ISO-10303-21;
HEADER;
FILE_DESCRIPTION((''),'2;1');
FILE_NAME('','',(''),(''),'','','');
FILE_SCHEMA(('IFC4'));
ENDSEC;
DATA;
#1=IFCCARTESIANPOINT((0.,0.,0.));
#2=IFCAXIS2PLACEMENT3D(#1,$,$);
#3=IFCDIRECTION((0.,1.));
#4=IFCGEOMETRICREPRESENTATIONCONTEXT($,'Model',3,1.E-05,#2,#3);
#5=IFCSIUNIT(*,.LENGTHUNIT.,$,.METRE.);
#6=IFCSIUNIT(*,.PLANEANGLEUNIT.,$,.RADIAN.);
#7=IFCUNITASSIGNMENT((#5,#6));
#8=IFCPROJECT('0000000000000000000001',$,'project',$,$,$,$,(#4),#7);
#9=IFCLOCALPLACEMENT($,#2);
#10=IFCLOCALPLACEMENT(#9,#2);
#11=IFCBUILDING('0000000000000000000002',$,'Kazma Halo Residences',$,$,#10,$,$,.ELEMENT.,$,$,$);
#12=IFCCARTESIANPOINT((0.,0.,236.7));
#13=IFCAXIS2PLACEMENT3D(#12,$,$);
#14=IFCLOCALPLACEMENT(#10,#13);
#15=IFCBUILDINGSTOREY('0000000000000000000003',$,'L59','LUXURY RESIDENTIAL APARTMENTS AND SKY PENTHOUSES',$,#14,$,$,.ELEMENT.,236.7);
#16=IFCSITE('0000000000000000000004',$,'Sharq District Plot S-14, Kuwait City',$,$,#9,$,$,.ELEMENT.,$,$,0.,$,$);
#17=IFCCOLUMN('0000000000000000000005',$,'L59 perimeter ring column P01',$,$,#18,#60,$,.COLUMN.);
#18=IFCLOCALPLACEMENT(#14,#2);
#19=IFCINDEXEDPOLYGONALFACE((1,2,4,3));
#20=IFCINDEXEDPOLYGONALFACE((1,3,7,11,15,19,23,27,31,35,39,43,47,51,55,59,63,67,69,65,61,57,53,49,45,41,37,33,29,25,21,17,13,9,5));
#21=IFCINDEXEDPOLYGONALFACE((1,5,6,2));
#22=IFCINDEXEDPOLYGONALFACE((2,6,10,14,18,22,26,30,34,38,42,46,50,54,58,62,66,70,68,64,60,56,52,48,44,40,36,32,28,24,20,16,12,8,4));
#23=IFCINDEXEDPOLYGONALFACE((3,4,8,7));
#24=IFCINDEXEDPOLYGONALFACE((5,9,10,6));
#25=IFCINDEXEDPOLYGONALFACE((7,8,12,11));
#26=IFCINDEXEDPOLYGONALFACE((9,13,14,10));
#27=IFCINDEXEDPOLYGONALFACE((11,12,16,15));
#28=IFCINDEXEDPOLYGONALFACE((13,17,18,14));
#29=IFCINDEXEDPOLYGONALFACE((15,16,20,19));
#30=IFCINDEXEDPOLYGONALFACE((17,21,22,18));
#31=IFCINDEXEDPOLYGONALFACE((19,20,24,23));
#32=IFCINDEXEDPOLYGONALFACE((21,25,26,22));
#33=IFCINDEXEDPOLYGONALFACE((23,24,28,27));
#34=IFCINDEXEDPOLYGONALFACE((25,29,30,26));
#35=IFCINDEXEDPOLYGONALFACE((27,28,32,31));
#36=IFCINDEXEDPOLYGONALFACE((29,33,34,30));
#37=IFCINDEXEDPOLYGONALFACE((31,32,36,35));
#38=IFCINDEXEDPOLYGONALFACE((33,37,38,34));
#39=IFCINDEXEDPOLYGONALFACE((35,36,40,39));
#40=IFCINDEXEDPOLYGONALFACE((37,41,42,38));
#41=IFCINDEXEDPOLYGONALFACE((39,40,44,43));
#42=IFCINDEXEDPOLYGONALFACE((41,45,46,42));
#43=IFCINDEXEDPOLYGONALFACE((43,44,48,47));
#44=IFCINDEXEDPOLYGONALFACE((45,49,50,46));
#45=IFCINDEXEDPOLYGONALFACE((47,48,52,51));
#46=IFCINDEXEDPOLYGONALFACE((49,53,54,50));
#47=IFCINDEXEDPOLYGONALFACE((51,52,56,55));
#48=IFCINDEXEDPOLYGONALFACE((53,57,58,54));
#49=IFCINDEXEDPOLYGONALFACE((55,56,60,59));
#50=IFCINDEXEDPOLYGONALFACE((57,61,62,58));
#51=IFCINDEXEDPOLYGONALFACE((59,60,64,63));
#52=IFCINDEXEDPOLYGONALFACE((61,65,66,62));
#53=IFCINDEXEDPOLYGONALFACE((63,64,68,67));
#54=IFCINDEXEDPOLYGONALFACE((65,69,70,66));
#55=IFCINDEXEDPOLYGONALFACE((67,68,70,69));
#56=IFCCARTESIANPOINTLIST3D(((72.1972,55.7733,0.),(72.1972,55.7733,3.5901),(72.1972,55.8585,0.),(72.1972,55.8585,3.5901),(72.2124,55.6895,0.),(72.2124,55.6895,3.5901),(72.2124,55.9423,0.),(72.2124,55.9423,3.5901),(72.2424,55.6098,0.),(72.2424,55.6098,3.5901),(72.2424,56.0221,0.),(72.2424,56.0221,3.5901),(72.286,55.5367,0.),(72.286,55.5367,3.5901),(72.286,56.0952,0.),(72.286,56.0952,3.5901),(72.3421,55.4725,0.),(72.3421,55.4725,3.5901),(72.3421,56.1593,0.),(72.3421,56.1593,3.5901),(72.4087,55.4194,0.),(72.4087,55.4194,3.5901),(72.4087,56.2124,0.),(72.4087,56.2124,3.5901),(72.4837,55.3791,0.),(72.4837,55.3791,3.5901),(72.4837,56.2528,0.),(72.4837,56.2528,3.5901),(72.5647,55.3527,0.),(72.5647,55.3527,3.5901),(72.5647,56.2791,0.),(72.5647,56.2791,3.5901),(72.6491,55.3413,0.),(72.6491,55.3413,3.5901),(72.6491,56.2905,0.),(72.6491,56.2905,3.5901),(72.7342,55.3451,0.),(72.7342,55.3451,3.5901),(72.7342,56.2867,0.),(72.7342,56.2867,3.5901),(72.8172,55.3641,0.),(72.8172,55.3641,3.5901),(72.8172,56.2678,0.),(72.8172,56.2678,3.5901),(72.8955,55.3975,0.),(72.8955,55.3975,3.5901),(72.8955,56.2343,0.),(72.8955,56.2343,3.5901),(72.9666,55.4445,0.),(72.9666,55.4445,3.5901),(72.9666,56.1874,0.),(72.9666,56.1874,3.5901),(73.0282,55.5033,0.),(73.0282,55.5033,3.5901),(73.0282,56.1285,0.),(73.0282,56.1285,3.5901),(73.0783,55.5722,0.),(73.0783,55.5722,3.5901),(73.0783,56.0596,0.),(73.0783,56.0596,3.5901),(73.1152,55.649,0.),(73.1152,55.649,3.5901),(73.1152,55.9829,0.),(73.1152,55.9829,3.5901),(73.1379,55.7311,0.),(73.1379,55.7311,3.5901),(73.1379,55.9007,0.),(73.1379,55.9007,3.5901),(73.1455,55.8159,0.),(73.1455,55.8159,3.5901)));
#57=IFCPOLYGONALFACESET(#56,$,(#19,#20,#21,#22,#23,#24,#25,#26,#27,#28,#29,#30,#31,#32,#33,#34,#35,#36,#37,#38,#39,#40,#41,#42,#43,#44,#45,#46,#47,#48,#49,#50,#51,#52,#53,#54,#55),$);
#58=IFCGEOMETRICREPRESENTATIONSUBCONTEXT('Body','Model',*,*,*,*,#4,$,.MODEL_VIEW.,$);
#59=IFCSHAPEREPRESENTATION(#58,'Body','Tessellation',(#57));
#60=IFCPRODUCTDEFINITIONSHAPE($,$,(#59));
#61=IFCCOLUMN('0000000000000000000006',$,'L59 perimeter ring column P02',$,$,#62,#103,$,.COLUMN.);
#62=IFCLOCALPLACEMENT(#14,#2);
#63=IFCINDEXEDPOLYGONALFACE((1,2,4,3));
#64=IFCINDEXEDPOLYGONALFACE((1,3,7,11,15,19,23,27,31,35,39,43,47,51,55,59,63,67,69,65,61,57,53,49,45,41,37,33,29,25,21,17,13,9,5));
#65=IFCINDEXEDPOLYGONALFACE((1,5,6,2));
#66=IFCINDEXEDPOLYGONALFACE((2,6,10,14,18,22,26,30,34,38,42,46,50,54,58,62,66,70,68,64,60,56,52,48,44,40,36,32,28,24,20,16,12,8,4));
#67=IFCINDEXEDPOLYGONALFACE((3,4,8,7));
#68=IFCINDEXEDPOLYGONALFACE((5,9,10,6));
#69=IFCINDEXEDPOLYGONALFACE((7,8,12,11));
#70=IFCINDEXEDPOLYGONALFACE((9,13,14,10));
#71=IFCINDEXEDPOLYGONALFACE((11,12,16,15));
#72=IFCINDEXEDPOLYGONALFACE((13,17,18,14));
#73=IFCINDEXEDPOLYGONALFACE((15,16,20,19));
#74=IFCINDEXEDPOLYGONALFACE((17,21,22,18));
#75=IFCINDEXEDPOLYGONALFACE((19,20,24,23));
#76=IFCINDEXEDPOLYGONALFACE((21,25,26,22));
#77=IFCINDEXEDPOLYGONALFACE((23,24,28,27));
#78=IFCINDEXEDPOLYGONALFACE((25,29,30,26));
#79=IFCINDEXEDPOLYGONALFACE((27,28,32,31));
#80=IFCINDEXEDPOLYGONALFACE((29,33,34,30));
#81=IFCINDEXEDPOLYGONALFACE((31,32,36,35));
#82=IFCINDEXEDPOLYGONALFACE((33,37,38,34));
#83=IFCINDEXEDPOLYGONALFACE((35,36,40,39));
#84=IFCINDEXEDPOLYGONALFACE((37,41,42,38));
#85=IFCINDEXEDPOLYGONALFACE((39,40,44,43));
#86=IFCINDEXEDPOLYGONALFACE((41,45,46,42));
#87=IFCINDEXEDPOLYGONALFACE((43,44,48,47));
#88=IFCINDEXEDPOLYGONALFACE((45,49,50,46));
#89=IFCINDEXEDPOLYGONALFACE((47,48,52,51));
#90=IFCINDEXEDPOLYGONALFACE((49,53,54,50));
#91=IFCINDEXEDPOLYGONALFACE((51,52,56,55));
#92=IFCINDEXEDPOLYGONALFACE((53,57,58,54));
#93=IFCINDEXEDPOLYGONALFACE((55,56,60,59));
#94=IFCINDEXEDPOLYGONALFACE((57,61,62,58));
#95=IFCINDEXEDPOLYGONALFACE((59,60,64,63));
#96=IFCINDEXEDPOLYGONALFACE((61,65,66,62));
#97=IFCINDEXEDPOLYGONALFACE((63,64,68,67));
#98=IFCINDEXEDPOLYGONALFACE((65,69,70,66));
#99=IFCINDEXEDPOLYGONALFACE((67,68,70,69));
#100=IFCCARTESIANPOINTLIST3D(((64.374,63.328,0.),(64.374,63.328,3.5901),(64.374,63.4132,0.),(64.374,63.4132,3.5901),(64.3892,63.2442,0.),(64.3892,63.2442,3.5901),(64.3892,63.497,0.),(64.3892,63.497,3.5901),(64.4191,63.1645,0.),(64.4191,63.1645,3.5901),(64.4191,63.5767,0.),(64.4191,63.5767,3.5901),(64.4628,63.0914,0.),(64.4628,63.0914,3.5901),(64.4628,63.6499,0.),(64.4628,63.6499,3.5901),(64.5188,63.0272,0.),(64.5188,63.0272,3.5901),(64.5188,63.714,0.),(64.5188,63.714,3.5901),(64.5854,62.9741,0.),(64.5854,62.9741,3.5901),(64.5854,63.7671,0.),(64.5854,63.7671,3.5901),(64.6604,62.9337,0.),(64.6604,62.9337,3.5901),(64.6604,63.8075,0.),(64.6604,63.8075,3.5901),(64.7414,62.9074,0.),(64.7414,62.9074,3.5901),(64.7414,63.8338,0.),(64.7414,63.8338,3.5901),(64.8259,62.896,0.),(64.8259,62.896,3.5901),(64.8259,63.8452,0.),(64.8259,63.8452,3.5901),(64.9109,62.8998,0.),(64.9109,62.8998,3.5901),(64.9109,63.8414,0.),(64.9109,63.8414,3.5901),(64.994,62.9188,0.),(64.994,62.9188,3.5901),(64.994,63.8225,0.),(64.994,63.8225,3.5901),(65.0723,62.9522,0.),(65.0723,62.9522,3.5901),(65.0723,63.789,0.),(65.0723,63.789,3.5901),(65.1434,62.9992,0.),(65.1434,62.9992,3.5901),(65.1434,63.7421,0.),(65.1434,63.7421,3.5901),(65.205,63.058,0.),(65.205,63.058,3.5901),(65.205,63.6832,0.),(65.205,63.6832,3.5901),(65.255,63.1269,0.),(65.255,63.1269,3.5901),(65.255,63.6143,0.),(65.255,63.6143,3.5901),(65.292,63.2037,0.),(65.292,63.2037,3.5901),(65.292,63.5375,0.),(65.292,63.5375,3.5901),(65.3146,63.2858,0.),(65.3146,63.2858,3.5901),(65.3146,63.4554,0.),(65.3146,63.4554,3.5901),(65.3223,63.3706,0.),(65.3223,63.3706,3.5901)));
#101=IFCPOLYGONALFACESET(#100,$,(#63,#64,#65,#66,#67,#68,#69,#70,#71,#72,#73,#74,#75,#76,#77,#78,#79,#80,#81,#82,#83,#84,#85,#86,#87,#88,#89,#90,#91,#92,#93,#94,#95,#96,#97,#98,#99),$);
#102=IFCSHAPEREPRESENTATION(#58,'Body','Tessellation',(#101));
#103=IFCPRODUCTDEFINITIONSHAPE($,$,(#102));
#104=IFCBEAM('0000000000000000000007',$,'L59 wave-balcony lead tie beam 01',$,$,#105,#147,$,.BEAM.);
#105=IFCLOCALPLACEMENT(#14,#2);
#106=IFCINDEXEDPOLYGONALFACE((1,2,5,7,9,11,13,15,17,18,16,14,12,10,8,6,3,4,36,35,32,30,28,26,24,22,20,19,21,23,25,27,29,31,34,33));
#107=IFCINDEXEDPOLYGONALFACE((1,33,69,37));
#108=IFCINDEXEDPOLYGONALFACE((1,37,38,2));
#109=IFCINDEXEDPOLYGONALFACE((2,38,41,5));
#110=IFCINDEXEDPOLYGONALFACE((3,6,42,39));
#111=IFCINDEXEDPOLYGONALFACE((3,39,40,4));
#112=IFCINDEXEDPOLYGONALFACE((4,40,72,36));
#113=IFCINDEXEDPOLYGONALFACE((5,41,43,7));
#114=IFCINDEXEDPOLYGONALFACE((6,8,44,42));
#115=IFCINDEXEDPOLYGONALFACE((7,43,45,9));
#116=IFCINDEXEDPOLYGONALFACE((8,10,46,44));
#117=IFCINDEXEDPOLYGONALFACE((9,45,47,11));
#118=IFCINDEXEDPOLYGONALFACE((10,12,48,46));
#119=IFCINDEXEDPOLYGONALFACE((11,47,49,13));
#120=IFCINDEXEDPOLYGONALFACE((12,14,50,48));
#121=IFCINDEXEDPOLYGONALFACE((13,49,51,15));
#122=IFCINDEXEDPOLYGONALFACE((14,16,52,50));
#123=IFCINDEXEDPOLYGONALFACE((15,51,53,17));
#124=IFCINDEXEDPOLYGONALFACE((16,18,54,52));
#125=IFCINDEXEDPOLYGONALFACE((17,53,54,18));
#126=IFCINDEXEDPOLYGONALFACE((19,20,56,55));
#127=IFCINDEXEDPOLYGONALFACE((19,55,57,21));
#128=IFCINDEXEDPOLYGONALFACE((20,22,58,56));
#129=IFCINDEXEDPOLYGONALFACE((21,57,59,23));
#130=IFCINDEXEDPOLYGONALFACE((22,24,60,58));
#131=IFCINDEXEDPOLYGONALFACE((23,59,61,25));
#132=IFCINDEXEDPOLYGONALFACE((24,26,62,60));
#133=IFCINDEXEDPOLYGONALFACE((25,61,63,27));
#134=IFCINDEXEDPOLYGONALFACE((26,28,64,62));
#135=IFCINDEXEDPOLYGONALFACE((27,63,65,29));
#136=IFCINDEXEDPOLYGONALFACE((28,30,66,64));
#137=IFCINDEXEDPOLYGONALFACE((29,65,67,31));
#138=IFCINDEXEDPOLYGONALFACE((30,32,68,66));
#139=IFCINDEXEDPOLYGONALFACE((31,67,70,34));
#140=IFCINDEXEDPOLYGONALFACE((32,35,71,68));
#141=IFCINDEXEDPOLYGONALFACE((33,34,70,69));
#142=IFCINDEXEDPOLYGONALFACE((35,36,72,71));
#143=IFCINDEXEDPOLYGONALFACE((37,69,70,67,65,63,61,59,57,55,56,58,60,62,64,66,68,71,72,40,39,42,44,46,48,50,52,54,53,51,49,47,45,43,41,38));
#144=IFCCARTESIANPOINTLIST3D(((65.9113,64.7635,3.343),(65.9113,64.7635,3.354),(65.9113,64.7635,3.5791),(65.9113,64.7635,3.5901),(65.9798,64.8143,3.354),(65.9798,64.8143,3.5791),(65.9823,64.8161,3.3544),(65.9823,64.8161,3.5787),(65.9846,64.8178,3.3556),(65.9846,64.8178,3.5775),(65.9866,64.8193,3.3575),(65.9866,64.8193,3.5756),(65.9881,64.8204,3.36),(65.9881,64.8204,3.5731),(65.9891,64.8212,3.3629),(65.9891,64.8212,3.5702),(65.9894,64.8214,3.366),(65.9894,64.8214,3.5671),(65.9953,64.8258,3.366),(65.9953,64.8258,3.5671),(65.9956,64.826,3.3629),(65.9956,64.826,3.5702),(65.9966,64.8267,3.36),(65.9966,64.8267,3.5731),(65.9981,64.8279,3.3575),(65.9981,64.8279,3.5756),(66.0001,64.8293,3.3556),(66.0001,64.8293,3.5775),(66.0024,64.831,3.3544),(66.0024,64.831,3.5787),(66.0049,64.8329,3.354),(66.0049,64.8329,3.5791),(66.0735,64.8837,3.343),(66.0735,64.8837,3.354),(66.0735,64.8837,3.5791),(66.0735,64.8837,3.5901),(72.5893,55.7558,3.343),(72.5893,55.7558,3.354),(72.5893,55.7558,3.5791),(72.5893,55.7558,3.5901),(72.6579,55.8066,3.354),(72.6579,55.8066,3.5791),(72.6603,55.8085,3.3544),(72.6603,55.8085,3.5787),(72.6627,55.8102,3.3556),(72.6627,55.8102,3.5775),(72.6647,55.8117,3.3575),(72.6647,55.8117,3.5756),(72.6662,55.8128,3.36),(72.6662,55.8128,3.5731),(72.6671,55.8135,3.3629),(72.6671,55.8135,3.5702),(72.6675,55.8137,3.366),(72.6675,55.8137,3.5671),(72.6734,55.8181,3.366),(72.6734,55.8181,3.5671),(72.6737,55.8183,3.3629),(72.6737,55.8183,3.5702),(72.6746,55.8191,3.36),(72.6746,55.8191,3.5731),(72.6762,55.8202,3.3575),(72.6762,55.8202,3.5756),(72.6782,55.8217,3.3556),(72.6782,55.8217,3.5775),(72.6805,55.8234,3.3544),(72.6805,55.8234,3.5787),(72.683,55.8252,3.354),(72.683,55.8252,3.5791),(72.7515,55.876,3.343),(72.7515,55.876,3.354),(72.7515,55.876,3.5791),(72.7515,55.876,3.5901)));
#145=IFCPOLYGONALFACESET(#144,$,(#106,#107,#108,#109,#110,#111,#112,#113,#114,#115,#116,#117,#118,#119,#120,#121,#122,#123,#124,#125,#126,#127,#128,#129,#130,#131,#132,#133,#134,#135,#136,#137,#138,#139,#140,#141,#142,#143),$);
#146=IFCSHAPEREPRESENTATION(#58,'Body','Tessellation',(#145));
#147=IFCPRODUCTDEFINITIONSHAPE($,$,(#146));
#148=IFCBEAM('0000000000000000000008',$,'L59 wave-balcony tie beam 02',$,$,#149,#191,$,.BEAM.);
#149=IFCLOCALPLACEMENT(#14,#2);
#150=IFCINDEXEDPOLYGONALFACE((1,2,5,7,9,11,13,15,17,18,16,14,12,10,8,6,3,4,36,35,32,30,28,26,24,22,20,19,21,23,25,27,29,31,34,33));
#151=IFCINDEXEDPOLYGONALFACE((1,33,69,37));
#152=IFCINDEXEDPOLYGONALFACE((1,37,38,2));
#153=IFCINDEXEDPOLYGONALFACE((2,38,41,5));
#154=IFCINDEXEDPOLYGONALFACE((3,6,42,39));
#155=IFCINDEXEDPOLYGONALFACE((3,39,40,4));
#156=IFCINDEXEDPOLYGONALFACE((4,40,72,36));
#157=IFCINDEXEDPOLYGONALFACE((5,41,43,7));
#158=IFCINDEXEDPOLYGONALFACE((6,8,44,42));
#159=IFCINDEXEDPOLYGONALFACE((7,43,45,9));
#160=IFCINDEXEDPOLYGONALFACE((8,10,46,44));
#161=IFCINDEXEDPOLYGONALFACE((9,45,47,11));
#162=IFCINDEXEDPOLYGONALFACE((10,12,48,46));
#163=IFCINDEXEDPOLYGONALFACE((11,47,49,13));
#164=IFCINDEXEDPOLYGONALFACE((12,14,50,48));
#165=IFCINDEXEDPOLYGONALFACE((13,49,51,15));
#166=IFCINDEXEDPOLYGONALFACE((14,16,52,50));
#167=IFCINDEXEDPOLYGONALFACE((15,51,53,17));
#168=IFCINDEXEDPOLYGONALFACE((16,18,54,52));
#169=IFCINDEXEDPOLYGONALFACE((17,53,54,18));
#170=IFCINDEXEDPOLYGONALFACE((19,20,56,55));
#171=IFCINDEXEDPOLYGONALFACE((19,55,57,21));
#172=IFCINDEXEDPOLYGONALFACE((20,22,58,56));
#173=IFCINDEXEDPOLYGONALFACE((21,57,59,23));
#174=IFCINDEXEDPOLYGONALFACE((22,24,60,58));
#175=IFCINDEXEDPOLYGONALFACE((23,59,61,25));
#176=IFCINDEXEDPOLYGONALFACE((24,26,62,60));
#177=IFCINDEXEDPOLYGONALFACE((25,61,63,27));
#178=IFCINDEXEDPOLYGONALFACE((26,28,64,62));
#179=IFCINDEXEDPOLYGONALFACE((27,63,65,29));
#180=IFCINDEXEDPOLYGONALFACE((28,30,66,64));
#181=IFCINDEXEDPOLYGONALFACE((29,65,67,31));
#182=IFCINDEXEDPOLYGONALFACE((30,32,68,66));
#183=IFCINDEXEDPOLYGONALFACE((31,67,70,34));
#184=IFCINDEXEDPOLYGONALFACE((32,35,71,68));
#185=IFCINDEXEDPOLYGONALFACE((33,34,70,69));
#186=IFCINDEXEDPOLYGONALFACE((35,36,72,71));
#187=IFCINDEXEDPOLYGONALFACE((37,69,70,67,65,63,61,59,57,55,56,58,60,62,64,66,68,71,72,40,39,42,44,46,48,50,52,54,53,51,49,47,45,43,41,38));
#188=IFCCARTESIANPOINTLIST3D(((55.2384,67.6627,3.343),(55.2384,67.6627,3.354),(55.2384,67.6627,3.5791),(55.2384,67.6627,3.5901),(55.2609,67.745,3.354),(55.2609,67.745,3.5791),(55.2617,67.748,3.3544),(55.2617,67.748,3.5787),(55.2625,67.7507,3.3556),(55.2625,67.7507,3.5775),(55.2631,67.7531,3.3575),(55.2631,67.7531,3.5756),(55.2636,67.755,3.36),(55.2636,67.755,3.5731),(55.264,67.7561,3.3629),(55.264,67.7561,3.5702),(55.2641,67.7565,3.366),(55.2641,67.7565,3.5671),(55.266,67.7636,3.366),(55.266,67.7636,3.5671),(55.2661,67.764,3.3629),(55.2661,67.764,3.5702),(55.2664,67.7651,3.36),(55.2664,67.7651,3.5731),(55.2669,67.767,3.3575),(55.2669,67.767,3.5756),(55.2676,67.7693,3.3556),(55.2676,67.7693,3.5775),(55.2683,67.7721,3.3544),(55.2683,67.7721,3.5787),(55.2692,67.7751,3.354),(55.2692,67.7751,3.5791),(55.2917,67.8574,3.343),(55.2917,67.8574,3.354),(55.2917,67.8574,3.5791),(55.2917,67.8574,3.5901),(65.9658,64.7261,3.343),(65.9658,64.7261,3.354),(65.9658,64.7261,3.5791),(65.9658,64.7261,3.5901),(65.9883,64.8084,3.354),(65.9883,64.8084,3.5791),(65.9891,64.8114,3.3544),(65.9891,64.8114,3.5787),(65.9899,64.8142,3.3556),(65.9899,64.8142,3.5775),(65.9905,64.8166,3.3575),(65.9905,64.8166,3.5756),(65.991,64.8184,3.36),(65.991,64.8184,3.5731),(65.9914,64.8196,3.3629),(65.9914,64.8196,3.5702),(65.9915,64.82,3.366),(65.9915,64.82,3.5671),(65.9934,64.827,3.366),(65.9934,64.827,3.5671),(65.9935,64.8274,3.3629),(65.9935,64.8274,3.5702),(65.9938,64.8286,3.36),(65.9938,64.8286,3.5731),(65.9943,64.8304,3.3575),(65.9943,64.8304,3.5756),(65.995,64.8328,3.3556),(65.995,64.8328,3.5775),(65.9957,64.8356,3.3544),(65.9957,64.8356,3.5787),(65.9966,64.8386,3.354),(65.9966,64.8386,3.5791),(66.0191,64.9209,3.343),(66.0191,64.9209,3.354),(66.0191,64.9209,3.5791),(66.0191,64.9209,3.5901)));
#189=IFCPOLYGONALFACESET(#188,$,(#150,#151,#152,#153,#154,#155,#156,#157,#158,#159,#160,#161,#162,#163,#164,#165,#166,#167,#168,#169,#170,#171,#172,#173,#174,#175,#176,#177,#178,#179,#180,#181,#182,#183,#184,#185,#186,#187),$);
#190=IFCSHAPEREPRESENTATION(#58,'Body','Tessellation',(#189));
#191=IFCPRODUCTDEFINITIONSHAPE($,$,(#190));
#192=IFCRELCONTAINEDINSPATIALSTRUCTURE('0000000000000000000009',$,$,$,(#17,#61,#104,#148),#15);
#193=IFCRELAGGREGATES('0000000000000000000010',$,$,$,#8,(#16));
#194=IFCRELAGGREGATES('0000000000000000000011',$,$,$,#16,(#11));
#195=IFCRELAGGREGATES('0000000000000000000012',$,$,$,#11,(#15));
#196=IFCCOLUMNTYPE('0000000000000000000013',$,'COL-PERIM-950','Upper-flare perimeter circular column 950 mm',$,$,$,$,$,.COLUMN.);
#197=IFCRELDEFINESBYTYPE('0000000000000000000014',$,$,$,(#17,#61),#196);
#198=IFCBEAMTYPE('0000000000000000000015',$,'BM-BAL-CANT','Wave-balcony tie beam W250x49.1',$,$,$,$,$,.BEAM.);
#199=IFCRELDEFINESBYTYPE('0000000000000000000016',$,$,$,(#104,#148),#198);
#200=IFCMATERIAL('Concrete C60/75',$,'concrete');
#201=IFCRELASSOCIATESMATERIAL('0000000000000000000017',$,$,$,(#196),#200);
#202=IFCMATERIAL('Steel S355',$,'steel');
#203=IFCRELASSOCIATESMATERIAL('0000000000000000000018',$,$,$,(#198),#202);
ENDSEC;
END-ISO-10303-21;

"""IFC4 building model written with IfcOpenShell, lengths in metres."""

from ifc_helpers import new_model, si_unit, direction, frame, origin, origin_2d, place, context, subcontext, project, spatial, circle, i_section, extrude, material, material_profile, profile_set, type_object, element, save


model = new_model("IFC4")

# Units and contexts
model_context = context("Model", 3, precision=1e-05, world=origin(), true_north=direction((0.0, 1.0)))
body_context = subcontext(model_context, "Body", "Model", "MODEL_VIEW")
ifc_project = project(units=[si_unit("LENGTHUNIT", "METRE"), si_unit("PLANEANGLEUNIT", "RADIAN")], contexts=[model_context])

# Site, building, storey
site_placement = place(None, origin())
site = spatial("IfcSite", under=ifc_project, at=site_placement, Name="Sharq District Plot S-14, Kuwait City", CompositionType="ELEMENT", RefElevation=0.0)
building_placement = place(site_placement, origin())
building = spatial("IfcBuilding", under=site, at=building_placement, Name="Kazma Halo Residences", CompositionType="ELEMENT")
storey_placement = place(building_placement, frame((0.0, 0.0, 236.7)))
storey = spatial("IfcBuildingStorey", under=building, at=storey_placement, Name="L59", Description="LUXURY RESIDENTIAL APARTMENTS AND SKY PENTHOUSES", CompositionType="ELEMENT", Elevation=236.7)

# Columns
ifc_material_1 = material(Name="Concrete C60/75", Category="concrete")
ifc_material_profile_1 = material_profile(ifc_material_1, circle(Radius=0.4751, at=origin_2d()), Name="CIRC950")
ifc_profile_set_1 = profile_set([ifc_material_profile_1], Name="Concrete C60/75")
column_type = type_object("IfcColumnType", Name="COL-PERIM-950", Description="Upper-flare perimeter circular column 950 mm", PredefinedType="COLUMN", material=ifc_profile_set_1)
for number, where, z_axis, x_axis, name in (
    (1, (72.6704, 55.8159, 0.0), (0.0, 0.0, 1.0), (1.0, 0.0, 0.0), "L59 perimeter ring column P01"),
    (2, (64.8472, 63.3706, 0.0), (0.0, 0.0, 1.0), (1.0, 0.0, 0.0), "L59 perimeter ring column P02"),
):
    element("IfcColumn", number, at=place(storey_placement, frame(where, z_axis=z_axis, x_axis=x_axis)), inside=storey, type_object=column_type, Name=name, PredefinedType="COLUMN", context=body_context, shape_type="SweptSolid", body=[
        extrude(circle(Radius=0.4751, at=origin_2d()), origin(), (0.0, 0.0, 1.0), 3.5901),
    ])

# Beams
ifc_material_2 = material(Name="Steel S355", Category="steel")
ifc_material_profile_2 = material_profile(ifc_material_2, i_section(OverallWidth=0.2019, OverallDepth=0.2471, WebThickness=0.0073, FlangeThickness=0.011, FilletRadius=0.012, at=origin_2d()), Name="W250x49.1")
ifc_profile_set_2 = profile_set([ifc_material_profile_2], Name="Steel S355")
beam_type_1 = type_object("IfcBeamType", Name="BM-BAL-CANT", Description="Wave-balcony tie beam W250x49.1", PredefinedType="BEAM", material=ifc_profile_set_2)
beam_1_placement = place(storey_placement, frame((72.6704, 55.8159, 3.4666), z_axis=(-0.595556, 0.803314, 0.0), x_axis=(-0.803314, -0.595556, 0.0)))
element("IfcBeam", 3, at=beam_1_placement, inside=storey, type_object=beam_type_1, Name="L59 wave-balcony lead tie beam 01", PredefinedType="BEAM", context=body_context, shape_type="SweptSolid", body=[
    extrude(i_section(OverallWidth=0.2019, OverallDepth=0.2471, WebThickness=0.0073, FlangeThickness=0.011, FilletRadius=0.012, at=origin_2d()), origin(), (0.0, 0.0, 1.0), 11.2131),
])
beam_2_placement = place(storey_placement, frame((65.9924, 64.8235, 3.4666), z_axis=(-0.964515, 0.264029, 0.0), x_axis=(-0.264029, -0.964515, 0.0)))
element("IfcBeam", 4, at=beam_2_placement, inside=storey, type_object=beam_type_1, Name="L59 wave-balcony tie beam 02", PredefinedType="BEAM", context=body_context, shape_type="SweptSolid", body=[
    extrude(i_section(OverallWidth=0.2019, OverallDepth=0.2471, WebThickness=0.0073, FlangeThickness=0.011, FilletRadius=0.012, at=origin_2d()), origin(), (0.0, 0.0, 1.0), 11.1221),
])

save(model, "model.ifc")
